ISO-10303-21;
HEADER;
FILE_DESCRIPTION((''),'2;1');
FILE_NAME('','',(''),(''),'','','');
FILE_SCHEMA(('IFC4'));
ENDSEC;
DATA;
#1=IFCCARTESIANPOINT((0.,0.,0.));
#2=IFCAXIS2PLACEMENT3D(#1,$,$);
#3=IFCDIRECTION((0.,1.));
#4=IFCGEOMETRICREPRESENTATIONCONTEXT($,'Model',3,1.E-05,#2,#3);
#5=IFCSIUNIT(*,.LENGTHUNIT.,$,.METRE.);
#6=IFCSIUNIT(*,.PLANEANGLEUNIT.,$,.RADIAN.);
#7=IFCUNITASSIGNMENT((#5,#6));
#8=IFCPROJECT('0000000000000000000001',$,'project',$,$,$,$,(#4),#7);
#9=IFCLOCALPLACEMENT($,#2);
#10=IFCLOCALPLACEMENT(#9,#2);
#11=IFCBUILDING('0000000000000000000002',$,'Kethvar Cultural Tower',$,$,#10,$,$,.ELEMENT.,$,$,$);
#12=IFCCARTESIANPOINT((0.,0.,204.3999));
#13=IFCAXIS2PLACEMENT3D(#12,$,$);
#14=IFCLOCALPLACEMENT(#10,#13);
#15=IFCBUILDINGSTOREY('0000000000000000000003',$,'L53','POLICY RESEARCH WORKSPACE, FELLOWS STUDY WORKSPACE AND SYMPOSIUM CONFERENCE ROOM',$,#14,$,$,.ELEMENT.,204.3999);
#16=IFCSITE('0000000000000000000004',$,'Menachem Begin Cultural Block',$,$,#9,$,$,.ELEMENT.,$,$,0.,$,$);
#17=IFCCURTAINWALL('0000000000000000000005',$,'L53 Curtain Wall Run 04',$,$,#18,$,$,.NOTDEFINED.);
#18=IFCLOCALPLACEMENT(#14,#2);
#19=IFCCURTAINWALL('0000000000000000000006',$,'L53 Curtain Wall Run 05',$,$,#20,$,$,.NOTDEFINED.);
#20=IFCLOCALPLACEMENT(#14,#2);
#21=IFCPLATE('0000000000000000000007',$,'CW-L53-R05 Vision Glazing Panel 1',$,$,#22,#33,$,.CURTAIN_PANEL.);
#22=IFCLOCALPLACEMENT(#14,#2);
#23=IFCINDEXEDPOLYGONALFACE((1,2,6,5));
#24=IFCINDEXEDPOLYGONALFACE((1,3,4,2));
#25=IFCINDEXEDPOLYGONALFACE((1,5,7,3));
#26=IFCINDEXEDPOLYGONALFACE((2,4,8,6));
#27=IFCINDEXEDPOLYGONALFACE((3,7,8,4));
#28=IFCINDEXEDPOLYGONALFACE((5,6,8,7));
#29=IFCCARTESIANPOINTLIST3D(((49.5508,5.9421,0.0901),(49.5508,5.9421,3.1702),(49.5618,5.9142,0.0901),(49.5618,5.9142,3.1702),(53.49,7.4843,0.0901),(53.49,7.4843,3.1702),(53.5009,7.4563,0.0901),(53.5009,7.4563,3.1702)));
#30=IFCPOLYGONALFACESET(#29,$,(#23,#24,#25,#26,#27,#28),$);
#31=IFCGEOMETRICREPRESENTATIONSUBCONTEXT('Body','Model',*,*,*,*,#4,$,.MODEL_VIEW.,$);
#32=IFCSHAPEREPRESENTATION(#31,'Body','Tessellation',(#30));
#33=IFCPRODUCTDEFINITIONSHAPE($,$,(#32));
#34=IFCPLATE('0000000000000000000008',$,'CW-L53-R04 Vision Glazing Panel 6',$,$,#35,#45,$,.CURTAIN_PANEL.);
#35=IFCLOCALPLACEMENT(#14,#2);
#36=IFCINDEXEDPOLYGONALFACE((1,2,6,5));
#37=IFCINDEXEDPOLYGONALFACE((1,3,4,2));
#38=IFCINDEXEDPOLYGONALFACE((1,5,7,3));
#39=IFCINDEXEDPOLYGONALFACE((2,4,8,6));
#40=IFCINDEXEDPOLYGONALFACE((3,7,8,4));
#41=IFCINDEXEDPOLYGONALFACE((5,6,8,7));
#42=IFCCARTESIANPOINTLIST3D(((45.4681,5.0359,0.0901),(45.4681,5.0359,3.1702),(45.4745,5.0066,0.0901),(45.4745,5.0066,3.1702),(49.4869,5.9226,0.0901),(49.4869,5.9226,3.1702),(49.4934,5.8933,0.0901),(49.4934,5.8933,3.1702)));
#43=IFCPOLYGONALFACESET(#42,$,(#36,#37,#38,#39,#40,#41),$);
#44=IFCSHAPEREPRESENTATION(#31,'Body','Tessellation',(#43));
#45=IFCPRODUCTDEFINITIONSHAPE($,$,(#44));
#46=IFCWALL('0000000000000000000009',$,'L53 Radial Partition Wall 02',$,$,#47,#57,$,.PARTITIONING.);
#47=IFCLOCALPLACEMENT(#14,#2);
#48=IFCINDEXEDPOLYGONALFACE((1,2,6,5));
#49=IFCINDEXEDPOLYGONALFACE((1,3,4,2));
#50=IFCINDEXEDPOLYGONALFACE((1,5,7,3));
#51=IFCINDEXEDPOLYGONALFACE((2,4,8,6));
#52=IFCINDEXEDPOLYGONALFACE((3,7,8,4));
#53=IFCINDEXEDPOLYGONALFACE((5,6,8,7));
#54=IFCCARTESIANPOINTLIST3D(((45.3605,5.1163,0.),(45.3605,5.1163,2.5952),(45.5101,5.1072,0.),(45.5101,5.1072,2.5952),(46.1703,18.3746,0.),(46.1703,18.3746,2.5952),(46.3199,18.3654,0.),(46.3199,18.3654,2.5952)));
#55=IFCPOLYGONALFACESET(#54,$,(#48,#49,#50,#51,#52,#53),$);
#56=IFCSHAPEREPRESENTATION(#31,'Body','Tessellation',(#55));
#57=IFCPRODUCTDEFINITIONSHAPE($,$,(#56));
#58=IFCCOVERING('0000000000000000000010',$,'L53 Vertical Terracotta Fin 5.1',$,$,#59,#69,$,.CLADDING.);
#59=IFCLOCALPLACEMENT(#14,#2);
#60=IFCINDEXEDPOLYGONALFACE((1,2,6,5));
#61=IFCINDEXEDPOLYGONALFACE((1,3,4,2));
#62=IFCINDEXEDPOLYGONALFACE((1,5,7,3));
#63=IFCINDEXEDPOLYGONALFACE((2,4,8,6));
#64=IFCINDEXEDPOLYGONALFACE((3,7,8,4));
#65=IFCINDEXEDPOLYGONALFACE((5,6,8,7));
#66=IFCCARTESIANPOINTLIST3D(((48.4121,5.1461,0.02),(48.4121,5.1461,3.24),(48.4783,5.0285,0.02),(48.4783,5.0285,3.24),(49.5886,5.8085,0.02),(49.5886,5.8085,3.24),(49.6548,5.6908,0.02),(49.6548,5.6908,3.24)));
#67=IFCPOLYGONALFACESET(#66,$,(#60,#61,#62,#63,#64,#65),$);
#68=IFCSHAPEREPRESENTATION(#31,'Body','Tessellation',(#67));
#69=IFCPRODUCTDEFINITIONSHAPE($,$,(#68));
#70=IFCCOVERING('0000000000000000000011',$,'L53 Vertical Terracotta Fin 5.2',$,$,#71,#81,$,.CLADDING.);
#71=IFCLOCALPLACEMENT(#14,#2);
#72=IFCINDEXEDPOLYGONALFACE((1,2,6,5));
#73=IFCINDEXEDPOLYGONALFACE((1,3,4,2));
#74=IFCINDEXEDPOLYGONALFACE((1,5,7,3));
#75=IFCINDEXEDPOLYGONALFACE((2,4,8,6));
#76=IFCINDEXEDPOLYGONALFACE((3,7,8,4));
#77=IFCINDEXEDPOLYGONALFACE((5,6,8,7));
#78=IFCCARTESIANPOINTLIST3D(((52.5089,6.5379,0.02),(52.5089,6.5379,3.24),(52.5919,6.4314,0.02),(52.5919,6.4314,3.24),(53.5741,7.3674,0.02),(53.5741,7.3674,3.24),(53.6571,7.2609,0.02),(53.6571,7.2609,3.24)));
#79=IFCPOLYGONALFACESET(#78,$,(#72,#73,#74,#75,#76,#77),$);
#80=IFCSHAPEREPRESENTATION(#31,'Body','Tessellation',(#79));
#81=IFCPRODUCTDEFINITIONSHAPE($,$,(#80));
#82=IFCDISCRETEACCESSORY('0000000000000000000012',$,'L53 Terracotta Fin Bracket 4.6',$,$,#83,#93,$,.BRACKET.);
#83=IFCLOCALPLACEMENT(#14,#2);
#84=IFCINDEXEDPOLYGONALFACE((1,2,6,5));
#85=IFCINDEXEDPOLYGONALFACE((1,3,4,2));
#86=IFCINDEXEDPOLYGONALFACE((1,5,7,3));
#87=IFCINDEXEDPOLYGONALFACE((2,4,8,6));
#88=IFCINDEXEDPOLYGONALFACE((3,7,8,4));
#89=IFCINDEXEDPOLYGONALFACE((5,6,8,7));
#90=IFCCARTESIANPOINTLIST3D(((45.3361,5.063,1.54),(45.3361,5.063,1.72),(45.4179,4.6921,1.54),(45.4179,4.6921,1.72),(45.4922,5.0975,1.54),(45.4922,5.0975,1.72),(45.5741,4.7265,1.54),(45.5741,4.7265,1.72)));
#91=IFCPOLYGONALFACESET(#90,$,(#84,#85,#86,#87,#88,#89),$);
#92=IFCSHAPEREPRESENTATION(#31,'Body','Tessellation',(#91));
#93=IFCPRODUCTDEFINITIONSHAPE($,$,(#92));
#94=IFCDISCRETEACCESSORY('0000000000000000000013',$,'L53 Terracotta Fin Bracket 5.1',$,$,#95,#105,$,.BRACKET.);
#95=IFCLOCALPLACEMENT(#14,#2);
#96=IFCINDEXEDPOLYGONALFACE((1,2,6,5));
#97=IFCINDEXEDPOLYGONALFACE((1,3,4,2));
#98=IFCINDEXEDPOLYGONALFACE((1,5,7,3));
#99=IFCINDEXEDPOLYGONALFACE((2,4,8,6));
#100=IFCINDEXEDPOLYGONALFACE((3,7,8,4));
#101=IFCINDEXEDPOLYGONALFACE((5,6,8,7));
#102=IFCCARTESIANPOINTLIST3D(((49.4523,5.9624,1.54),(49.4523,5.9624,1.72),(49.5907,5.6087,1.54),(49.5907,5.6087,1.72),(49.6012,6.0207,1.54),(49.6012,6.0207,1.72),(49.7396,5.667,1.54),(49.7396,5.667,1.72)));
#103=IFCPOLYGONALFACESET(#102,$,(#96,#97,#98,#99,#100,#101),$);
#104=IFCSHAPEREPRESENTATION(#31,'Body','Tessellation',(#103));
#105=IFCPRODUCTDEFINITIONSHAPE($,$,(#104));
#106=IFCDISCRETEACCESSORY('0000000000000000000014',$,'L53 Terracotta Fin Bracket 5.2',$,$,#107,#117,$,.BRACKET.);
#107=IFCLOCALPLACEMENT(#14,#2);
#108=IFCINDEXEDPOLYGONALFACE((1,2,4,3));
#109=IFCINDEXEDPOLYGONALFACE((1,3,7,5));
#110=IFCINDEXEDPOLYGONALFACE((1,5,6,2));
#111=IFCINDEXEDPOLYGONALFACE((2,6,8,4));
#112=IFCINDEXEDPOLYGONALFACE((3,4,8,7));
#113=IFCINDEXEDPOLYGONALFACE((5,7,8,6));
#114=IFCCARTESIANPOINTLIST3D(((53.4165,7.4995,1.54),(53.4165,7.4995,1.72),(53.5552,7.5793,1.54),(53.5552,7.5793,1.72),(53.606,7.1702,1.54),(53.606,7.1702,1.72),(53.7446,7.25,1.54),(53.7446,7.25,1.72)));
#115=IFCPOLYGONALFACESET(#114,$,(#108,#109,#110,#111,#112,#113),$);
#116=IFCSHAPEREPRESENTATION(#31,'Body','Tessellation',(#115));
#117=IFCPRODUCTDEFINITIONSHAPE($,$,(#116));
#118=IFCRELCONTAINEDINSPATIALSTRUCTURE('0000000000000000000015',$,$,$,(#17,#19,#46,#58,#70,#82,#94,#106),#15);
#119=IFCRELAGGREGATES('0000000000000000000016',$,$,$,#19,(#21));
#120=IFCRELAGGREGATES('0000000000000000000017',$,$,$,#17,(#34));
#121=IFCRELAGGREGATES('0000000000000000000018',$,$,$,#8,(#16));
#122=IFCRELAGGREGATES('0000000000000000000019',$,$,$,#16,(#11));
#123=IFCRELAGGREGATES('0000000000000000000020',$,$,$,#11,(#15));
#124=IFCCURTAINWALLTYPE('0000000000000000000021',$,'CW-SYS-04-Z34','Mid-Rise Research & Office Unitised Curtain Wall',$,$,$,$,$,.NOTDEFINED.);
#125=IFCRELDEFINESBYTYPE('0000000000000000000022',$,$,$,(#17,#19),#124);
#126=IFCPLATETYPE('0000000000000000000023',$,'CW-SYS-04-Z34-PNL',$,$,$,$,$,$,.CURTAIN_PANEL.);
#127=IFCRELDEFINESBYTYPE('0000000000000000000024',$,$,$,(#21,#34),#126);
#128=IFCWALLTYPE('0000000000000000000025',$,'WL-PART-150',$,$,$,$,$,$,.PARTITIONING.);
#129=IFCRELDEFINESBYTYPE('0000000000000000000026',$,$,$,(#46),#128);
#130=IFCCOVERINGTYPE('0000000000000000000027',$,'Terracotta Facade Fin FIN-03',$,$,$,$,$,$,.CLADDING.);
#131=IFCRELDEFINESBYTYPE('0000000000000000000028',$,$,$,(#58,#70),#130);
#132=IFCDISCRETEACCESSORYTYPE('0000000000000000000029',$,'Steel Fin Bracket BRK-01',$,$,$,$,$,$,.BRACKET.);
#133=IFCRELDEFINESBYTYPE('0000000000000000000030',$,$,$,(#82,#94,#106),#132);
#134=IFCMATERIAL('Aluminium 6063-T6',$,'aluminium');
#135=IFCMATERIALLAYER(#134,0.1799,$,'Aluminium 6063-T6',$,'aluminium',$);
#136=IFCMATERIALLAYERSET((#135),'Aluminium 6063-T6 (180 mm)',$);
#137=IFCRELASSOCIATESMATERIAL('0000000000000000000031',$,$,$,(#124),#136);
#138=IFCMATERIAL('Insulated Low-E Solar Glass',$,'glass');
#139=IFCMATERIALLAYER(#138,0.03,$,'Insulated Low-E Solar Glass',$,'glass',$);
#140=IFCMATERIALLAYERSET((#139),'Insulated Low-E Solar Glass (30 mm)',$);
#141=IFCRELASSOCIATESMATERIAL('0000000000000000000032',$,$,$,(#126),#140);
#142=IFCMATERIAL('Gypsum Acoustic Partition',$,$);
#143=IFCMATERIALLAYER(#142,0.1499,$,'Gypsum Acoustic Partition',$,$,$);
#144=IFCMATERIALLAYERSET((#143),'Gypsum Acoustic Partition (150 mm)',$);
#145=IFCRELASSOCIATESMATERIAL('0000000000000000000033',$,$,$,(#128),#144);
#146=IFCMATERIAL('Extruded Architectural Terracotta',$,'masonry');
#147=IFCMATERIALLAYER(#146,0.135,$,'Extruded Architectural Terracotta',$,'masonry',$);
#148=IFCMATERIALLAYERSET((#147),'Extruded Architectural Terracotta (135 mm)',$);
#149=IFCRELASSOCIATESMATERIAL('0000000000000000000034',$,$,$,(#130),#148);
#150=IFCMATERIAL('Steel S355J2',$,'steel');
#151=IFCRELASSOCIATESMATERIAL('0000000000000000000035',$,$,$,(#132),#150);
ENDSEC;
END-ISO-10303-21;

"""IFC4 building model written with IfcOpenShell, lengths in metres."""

from ifc_helpers import new_model, si_unit, direction, frame, frame_2d, origin, origin_2d, place, context, subcontext, project, spatial, rectangle, extrude, source, transform, mapped, material, layer, layer_set, type_object, element, aggregate, save


model = new_model("IFC4")

# Units and contexts
model_context = context("Model", 3, precision=1e-05, world=origin(), true_north=direction((0.0, 1.0)))
body_context = subcontext(model_context, "Body", "Model", "MODEL_VIEW")
ifc_project = project(units=[si_unit("LENGTHUNIT", "METRE"), si_unit("PLANEANGLEUNIT", "RADIAN")], contexts=[model_context])

# Site, building, storey
site_placement = place(None, origin())
site = spatial("IfcSite", under=ifc_project, at=site_placement, Name="Menachem Begin Cultural Block", CompositionType="ELEMENT", RefElevation=0.0)
building_placement = place(site_placement, origin())
building = spatial("IfcBuilding", under=site, at=building_placement, Name="Kethvar Cultural Tower", CompositionType="ELEMENT")
storey_placement = place(building_placement, frame((0.0, 0.0, 204.3999)))
storey = spatial("IfcBuildingStorey", under=building, at=storey_placement, Name="L53", Description="POLICY RESEARCH WORKSPACE, FELLOWS STUDY WORKSPACE AND SYMPOSIUM CONFERENCE ROOM", CompositionType="ELEMENT", Elevation=204.3999)

# Shared definitions
ifc_material_1 = material(Name="Steel S355J2", Category="steel")

# Curtain wall
ifc_material_2 = material(Name="Aluminium 6063-T6", Category="aluminium")
ifc_layer_1 = layer(ifc_material_2, 0.1799, Name="Aluminium 6063-T6", Category="aluminium")
ifc_layer_set_1 = layer_set([ifc_layer_1], Name="Aluminium 6063-T6 (180 mm)")
curtain_wall_type = type_object("IfcCurtainWallType", Name="CW-SYS-04-Z34", Description="Mid-Rise Research & Office Unitised Curtain Wall", PredefinedType="NOTDEFINED", material=ifc_layer_set_1)
curtain_wall_1_placement = place(storey_placement, origin())
curtain_wall_1 = element("IfcCurtainWall", 1, at=curtain_wall_1_placement, inside=storey, type_object=curtain_wall_type, Name="L53 Curtain Wall Run 04", PredefinedType="NOTDEFINED")

# Curtain wall, plate
curtain_wall_2_placement = place(storey_placement, origin())
curtain_wall_2 = element("IfcCurtainWall", 2, at=curtain_wall_2_placement, inside=storey, type_object=curtain_wall_type, Name="L53 Curtain Wall Run 05", PredefinedType="NOTDEFINED")
ifc_material_3 = material(Name="Insulated Low-E Solar Glass", Category="glass")
ifc_layer_2 = layer(ifc_material_3, 0.03, Name="Insulated Low-E Solar Glass", Category="glass")
ifc_layer_set_2 = layer_set([ifc_layer_2], Name="Insulated Low-E Solar Glass (30 mm)")
plate_type = type_object("IfcPlateType", Name="CW-SYS-04-Z34-PNL", PredefinedType="CURTAIN_PANEL", material=ifc_layer_set_2)
shared_shape_1 = source(origin(), body_context, "Body", "SweptSolid", [
    extrude(rectangle(XDim=4.2302, YDim=0.03, at=origin_2d()), origin(), (0.0, 0.0, 1.0), 3.0801),
])
plate_1_placement = place(storey_placement, frame((51.5259, 6.6992, 0.0901), z_axis=(0.0, 0.0, 1.0), x_axis=(0.931183, 0.364552, 0.0)))
plate_1 = element("IfcPlate", 3, at=plate_1_placement, type_object=plate_type, Name="CW-L53-R05 Vision Glazing Panel 1", PredefinedType="CURTAIN_PANEL", context=body_context, shape_type="MappedRepresentation", body=[
    mapped(shared_shape_1, transform((0.0, 0.0, 0.0), scale=1.0)),
])
aggregate(curtain_wall_2, [plate_1])

# Plate
shared_shape_2 = source(origin(), body_context, "Body", "SweptSolid", [
    extrude(rectangle(XDim=4.1155, YDim=0.03, at=origin_2d()), origin(), (0.0, 0.0, 1.0), 3.0801),
])
plate_2_placement = place(storey_placement, frame((47.4807, 5.4646, 0.0901), z_axis=(0.0, 0.0, 1.0), x_axis=(0.976511, 0.215468, 0.0)))
plate_2 = element("IfcPlate", 4, at=plate_2_placement, type_object=plate_type, Name="CW-L53-R04 Vision Glazing Panel 6", PredefinedType="CURTAIN_PANEL", context=body_context, shape_type="MappedRepresentation", body=[
    mapped(shared_shape_2, transform((0.0, 0.0, 0.0), scale=1.0)),
])
aggregate(curtain_wall_1, [plate_2])

# Wall
ifc_material_4 = material(Name="Gypsum Acoustic Partition")
ifc_layer_3 = layer(ifc_material_4, 0.1499, Name="Gypsum Acoustic Partition")
ifc_layer_set_3 = layer_set([ifc_layer_3], Name="Gypsum Acoustic Partition (150 mm)")
wall_type = type_object("IfcWallType", Name="WL-PART-150", PredefinedType="PARTITIONING", material=ifc_layer_set_3)
wall_placement = place(storey_placement, frame((46.2451, 18.3701, 0.0), z_axis=(0.0, 0.0, 1.0), x_axis=(-0.060966, -0.99814, 0.0)))
element("IfcWall", 5, at=wall_placement, inside=storey, type_object=wall_type, Name="L53 Radial Partition Wall 02", PredefinedType="PARTITIONING", context=body_context, shape_type="SweptSolid", body=[
    extrude(rectangle(XDim=13.283, YDim=0.1499, at=frame_2d((6.6416, 0.0))), origin(), (0.0, 0.0, 1.0), 2.5952),
])

# Coverings
ifc_material_5 = material(Name="Extruded Architectural Terracotta", Category="masonry")
ifc_layer_4 = layer(ifc_material_5, 0.135, Name="Extruded Architectural Terracotta", Category="masonry")
ifc_layer_set_4 = layer_set([ifc_layer_4], Name="Extruded Architectural Terracotta (135 mm)")
covering_type = type_object("IfcCoveringType", Name="Terracotta Facade Fin FIN-03", PredefinedType="CLADDING", material=ifc_layer_set_4)
shared_shape_3 = source(origin(), body_context, "Body", "SweptSolid", [
    extrude(rectangle(XDim=1.3501, YDim=0.135, at=origin_2d()), origin(), (0.0, 0.0, 1.0), 3.22),
])
for number, where, z_axis, x_axis, name in (
    (6, (49.0334, 5.4185, 0.02), (0.0, 0.0, 1.0), (-0.871385, -0.4906, 0.0), "L53 Vertical Terracotta Fin 5.1"),
    (7, (53.083, 6.8994, 0.02), (0.0, 0.0, 1.0), (-0.788977, -0.614423, 0.0), "L53 Vertical Terracotta Fin 5.2"),
):
    element("IfcCovering", number, at=place(storey_placement, frame(where, z_axis=z_axis, x_axis=x_axis)), inside=storey, type_object=covering_type, Name=name, PredefinedType="CLADDING", context=body_context, shape_type="MappedRepresentation", body=[
        mapped(shared_shape_3, transform((0.0, 0.0, 0.0), scale=1.0)),
    ])

# Discrete accessories
discrete_accessory_type = type_object("IfcDiscreteAccessoryType", Name="Steel Fin Bracket BRK-01", PredefinedType="BRACKET", material=ifc_material_1)
shared_shape_4 = source(origin(), body_context, "Body", "SweptSolid", [
    extrude(rectangle(XDim=0.3799, YDim=0.1599, at=origin_2d()), origin(), (0.0, 0.0, 1.0), 0.1799),
])
for number, where, z_axis, x_axis, name in (
    (8, (45.4551, 4.8948, 1.54), (0.0, 0.0, 1.0), (0.215417, -0.976522, 0.0), "L53 Terracotta Fin Bracket 4.6"),
    (9, (49.5959, 5.8147, 1.54), (0.0, 0.0, 1.0), (0.364552, -0.931183, 0.0), "L53 Terracotta Fin Bracket 5.1"),
    (10, (53.5806, 7.3748, 1.54), (0.0, 0.0, 1.0), (0.498639, -0.86681, 0.0), "L53 Terracotta Fin Bracket 5.2"),
):
    element("IfcDiscreteAccessory", number, at=place(storey_placement, frame(where, z_axis=z_axis, x_axis=x_axis)), inside=storey, type_object=discrete_accessory_type, Name=name, PredefinedType="BRACKET", context=body_context, shape_type="MappedRepresentation", body=[
        mapped(shared_shape_4, transform((0.0, 0.0, 0.0), scale=1.0)),
    ])

save(model, "model.ifc")
